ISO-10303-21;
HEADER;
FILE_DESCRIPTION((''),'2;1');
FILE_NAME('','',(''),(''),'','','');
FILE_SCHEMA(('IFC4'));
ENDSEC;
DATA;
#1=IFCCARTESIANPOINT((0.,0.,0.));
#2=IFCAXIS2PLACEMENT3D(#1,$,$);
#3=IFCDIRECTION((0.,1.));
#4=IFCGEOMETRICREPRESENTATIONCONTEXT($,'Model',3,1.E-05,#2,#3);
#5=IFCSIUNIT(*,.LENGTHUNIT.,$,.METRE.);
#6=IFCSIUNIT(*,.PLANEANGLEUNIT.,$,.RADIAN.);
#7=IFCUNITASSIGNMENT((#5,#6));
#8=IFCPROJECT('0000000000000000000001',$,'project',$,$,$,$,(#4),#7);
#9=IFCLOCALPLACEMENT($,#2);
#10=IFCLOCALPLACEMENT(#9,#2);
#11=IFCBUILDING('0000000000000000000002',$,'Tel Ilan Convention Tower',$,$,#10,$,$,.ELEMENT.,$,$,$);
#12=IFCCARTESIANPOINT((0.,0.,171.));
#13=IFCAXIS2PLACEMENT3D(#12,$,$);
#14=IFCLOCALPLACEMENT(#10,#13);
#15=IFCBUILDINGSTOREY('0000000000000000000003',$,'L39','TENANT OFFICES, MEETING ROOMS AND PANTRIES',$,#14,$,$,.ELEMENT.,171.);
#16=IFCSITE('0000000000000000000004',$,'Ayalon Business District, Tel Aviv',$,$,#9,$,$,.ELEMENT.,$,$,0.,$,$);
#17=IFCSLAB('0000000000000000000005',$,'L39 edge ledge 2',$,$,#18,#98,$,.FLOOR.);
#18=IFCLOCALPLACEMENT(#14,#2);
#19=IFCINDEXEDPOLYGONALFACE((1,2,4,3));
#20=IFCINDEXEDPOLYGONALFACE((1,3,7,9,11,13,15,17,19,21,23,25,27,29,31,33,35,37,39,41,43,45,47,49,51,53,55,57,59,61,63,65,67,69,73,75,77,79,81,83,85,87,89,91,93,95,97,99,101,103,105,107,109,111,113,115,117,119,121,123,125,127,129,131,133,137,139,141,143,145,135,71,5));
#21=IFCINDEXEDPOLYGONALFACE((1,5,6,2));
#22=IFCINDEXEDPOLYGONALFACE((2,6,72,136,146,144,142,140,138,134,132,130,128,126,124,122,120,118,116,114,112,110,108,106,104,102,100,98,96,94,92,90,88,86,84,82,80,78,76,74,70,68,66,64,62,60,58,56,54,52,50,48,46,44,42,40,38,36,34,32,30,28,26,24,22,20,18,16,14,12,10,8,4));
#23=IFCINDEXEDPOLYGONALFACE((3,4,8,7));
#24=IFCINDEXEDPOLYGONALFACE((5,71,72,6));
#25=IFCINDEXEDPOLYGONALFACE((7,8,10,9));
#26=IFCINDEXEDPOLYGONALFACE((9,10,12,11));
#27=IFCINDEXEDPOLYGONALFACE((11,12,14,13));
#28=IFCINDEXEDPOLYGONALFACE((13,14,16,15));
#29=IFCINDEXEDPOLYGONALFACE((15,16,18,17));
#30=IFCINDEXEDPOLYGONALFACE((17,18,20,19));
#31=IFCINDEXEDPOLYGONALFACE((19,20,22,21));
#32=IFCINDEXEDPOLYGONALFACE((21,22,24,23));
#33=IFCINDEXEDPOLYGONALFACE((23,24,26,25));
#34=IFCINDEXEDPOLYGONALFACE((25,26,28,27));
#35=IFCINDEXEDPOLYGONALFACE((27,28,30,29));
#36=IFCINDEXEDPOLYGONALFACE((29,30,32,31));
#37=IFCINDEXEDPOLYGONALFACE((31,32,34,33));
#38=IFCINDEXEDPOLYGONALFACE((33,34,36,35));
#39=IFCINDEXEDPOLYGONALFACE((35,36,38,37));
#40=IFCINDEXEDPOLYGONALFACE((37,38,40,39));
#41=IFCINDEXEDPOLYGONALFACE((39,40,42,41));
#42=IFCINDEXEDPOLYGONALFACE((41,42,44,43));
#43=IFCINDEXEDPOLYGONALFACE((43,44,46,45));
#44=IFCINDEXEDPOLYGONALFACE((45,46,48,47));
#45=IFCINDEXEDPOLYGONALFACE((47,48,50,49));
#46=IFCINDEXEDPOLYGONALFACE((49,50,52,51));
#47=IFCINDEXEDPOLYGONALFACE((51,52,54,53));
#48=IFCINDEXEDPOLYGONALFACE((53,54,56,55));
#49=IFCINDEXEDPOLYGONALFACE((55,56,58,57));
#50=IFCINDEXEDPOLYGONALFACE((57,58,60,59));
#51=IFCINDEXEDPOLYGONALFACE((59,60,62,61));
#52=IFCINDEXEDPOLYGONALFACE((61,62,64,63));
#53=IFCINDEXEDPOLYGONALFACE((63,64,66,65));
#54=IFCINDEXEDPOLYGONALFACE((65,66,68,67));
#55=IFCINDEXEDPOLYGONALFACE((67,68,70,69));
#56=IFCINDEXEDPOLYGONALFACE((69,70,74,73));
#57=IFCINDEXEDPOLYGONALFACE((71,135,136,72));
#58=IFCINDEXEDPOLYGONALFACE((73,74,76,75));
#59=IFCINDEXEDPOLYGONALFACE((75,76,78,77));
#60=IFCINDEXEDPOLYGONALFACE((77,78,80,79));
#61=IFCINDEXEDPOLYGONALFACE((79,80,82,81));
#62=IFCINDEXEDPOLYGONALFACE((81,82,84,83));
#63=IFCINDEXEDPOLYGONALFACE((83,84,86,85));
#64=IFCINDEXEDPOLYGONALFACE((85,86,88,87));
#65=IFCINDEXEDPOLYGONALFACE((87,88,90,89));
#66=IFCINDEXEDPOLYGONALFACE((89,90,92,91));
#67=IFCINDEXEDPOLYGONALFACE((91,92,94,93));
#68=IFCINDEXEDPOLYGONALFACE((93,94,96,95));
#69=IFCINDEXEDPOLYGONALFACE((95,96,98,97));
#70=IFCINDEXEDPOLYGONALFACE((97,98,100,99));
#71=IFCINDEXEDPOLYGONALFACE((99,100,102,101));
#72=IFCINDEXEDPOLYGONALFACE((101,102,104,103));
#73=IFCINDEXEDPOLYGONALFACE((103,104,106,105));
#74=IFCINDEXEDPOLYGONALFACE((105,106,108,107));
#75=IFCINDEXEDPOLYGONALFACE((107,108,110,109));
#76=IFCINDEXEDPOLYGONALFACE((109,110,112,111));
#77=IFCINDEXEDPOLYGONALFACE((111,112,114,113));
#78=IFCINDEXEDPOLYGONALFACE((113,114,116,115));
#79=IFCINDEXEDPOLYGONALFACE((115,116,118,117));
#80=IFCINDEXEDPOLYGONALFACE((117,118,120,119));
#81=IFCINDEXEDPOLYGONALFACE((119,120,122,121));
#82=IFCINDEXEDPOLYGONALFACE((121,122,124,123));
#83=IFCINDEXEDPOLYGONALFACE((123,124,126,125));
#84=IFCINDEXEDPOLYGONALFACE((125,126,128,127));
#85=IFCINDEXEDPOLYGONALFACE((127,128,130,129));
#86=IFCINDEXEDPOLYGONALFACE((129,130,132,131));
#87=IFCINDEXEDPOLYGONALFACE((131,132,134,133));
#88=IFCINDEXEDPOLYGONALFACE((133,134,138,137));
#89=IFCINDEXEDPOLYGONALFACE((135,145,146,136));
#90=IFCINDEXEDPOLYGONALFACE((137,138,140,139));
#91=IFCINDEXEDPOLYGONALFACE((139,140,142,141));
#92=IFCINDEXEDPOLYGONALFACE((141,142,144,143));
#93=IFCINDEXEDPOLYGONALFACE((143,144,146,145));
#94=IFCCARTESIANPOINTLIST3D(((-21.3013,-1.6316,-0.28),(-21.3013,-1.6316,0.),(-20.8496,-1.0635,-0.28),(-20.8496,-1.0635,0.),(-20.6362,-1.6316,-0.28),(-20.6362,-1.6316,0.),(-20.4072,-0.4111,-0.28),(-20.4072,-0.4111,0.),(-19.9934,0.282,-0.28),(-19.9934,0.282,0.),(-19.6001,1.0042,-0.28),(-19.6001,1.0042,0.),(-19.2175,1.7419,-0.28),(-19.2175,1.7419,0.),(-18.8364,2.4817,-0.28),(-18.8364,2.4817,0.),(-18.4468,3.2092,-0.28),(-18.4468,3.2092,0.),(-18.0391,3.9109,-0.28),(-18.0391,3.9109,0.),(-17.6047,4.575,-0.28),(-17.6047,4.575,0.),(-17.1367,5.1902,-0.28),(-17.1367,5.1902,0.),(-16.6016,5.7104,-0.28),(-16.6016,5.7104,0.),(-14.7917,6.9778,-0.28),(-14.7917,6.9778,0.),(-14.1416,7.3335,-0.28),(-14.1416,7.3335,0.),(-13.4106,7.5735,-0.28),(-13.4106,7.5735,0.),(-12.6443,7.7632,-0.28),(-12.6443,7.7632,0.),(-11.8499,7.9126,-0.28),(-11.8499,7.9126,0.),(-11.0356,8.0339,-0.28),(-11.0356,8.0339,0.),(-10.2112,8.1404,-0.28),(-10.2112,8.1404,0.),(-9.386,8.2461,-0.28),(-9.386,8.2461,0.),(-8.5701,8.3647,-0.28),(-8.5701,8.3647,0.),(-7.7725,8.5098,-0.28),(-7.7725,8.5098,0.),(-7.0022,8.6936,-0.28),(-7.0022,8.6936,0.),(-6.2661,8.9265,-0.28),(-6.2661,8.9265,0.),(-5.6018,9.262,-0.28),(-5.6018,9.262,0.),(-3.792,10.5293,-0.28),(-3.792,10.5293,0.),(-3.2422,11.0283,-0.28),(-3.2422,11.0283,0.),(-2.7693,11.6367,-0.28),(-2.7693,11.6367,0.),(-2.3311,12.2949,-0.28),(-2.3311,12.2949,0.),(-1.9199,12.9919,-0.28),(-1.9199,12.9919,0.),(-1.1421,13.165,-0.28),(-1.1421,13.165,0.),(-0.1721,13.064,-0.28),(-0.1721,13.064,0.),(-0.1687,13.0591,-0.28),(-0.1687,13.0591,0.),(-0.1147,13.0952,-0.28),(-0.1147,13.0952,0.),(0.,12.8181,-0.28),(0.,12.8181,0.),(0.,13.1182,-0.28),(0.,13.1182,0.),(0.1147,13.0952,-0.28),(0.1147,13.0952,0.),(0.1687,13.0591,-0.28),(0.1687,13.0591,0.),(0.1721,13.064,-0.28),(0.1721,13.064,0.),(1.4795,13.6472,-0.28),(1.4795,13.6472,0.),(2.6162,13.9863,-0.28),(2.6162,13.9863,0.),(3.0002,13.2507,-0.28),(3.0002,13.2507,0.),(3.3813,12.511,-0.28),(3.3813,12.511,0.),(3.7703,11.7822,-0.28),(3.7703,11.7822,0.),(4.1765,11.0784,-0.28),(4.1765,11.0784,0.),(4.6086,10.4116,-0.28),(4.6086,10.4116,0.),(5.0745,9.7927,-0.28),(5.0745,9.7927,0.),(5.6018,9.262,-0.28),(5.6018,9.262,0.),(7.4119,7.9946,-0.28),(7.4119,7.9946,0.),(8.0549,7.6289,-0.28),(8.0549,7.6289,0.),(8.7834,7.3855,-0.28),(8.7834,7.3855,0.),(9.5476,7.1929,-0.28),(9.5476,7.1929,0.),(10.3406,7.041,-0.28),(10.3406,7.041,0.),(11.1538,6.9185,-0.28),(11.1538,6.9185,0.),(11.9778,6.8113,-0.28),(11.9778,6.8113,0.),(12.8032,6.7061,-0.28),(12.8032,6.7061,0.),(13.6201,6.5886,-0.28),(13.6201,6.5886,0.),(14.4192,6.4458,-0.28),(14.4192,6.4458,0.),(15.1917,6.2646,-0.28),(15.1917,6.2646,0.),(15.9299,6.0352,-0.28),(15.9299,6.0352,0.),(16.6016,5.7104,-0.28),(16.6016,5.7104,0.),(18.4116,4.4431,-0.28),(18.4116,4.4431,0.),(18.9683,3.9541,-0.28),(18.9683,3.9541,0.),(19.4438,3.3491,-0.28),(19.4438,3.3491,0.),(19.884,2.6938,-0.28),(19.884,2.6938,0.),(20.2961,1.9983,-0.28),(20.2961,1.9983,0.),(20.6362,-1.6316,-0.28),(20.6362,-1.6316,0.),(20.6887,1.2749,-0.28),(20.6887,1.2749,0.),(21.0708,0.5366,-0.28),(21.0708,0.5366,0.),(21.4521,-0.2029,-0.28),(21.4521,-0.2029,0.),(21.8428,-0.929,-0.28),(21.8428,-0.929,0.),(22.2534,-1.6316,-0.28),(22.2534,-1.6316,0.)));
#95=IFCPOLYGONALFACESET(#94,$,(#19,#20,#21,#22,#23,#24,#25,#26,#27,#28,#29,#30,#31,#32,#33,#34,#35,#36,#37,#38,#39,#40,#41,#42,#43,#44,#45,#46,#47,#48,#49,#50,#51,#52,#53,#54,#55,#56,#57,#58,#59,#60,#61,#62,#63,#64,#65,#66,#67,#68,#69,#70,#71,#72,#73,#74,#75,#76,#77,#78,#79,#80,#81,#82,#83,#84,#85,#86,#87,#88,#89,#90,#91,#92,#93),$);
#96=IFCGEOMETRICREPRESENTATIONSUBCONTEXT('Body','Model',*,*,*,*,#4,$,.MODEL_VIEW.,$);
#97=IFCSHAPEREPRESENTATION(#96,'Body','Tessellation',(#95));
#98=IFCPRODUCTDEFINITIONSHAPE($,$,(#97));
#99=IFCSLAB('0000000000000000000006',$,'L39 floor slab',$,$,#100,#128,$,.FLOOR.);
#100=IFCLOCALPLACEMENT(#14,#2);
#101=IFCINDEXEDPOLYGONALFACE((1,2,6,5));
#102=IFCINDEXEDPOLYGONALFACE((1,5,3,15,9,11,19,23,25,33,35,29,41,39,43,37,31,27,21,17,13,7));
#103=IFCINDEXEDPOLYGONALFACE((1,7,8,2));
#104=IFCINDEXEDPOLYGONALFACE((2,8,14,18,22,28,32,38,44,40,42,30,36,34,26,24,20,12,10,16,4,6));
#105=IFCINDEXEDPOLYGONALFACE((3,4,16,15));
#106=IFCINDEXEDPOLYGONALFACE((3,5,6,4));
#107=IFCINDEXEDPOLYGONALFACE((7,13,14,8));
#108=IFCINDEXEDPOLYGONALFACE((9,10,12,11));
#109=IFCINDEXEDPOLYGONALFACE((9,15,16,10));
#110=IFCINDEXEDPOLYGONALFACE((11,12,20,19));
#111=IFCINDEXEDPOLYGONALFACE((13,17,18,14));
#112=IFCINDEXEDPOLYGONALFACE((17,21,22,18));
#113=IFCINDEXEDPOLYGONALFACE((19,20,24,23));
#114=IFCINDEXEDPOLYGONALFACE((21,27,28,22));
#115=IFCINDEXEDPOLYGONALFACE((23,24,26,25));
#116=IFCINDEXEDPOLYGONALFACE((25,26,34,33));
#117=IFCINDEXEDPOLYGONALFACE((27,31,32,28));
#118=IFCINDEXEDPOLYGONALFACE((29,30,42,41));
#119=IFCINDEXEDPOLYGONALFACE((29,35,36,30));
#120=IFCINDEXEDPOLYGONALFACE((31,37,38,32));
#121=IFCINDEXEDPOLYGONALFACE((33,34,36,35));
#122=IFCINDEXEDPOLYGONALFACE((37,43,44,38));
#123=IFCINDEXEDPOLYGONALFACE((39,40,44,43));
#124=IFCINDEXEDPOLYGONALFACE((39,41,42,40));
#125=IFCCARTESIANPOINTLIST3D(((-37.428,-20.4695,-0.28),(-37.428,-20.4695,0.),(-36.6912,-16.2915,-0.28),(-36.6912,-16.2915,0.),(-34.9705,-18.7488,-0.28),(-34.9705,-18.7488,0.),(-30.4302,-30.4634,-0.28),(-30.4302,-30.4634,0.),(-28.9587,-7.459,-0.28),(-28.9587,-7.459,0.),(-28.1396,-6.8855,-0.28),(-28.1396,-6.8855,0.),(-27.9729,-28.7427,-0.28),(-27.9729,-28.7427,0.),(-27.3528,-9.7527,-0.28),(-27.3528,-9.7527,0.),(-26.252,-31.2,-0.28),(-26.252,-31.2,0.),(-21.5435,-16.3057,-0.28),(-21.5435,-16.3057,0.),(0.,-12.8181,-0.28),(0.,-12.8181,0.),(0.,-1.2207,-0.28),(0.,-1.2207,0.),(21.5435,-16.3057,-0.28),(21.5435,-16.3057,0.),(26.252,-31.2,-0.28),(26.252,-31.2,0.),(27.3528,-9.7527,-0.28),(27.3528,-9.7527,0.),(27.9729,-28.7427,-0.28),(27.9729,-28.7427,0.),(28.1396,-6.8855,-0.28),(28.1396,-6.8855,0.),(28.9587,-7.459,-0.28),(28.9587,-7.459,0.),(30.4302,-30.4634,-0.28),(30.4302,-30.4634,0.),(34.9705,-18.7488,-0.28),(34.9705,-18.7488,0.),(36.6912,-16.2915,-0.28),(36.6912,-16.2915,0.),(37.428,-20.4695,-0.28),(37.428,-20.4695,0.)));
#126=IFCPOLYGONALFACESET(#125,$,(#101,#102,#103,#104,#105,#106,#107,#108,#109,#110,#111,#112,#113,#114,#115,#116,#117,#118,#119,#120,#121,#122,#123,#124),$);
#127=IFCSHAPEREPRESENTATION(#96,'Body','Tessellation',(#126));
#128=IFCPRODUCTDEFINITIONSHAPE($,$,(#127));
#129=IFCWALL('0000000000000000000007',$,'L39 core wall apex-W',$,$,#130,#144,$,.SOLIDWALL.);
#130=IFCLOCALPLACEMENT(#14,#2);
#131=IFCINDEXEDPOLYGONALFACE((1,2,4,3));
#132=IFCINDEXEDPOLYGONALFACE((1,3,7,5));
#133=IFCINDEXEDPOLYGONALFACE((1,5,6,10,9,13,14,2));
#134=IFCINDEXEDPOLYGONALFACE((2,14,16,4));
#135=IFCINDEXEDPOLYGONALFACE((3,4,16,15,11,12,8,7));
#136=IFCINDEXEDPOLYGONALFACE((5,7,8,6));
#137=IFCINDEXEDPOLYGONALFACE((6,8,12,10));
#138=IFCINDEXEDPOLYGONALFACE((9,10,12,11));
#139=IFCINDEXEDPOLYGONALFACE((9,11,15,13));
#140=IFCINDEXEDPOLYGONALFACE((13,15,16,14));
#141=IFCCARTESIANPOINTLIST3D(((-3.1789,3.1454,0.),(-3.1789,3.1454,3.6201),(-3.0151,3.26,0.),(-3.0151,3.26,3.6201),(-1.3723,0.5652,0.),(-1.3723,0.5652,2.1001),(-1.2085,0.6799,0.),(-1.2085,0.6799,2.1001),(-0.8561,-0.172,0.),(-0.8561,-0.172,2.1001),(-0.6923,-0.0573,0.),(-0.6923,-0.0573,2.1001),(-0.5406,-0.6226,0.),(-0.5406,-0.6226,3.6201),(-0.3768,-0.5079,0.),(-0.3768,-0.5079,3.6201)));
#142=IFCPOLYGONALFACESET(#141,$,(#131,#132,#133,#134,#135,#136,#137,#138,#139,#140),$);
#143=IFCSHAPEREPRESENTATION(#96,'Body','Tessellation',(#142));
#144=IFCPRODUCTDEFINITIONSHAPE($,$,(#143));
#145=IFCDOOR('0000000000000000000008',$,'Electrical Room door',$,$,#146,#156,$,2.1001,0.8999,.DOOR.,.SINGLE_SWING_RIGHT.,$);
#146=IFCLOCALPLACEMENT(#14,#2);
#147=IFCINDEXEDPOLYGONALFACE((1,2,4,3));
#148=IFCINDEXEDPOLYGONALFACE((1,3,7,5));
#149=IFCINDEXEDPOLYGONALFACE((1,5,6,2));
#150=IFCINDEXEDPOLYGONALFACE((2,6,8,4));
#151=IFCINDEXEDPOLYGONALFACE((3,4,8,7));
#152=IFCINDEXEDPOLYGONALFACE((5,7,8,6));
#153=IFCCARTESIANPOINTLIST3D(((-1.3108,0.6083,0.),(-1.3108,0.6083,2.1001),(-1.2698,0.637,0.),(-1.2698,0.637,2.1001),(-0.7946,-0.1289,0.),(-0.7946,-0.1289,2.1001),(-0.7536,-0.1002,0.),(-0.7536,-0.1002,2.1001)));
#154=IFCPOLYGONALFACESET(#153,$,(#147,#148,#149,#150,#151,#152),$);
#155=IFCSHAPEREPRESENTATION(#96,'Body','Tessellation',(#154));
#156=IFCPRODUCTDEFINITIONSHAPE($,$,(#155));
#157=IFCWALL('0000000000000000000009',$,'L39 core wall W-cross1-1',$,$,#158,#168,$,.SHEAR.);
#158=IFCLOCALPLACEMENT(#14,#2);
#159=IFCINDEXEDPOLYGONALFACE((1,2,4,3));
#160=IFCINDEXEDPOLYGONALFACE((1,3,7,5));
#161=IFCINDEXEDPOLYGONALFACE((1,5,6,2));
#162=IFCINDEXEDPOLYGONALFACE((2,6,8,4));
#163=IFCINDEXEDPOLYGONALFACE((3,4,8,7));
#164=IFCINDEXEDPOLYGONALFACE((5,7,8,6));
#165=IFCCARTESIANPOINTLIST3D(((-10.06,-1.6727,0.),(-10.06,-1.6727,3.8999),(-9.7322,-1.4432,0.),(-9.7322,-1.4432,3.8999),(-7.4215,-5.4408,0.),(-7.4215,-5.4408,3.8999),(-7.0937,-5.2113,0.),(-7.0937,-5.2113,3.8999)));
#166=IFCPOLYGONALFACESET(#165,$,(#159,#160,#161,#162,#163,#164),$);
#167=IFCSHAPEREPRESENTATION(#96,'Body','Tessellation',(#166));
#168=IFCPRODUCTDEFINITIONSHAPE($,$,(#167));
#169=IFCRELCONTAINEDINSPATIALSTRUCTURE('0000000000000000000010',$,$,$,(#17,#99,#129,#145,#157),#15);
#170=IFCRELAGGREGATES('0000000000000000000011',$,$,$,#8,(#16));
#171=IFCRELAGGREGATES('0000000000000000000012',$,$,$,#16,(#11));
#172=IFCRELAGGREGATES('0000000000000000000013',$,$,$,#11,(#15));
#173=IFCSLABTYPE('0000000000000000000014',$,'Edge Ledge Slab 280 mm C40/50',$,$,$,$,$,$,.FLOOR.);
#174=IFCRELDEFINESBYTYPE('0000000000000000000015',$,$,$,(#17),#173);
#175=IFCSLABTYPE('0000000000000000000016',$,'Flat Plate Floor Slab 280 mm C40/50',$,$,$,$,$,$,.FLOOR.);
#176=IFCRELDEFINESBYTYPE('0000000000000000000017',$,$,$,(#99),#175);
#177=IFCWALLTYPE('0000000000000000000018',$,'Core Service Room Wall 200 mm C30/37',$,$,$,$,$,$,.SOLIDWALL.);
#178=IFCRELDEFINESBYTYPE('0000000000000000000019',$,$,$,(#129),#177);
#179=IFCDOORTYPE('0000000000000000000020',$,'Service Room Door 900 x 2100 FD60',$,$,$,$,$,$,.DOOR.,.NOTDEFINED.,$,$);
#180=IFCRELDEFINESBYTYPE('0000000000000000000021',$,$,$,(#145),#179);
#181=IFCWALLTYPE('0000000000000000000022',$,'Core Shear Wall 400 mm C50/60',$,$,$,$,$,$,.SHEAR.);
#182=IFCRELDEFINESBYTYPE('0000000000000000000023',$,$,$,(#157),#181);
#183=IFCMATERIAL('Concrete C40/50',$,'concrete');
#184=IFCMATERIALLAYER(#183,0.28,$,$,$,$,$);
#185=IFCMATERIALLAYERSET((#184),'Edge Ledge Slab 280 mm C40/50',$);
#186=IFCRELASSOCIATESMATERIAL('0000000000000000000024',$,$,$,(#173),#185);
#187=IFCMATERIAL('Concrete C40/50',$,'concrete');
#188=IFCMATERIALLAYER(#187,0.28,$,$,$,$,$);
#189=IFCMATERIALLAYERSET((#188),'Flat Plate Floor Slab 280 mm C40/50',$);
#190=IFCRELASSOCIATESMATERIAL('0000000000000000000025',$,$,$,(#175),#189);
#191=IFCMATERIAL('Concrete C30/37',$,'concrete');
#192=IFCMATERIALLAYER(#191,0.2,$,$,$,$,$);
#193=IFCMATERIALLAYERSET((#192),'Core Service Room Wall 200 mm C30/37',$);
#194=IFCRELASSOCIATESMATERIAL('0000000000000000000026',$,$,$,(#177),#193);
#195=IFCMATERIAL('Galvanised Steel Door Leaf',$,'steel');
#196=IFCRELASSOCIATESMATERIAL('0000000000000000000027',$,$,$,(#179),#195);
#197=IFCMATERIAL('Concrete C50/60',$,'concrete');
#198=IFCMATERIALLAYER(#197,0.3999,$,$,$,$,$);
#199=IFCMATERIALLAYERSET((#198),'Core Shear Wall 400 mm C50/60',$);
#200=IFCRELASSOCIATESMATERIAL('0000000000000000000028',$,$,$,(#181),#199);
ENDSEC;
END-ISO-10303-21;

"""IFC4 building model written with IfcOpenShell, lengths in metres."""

from ifc_helpers import new_model, si_unit, direction, frame, frame_2d, origin, place, context, subcontext, project, spatial, polyline, rectangle, outline, extrude, material, layer, layer_set, type_object, element, fill, save


model = new_model("IFC4")

# Units and contexts
model_context = context("Model", 3, precision=1e-05, world=origin(), true_north=direction((0.0, 1.0)))
body_context = subcontext(model_context, "Body", "Model", "MODEL_VIEW")
ifc_project = project(units=[si_unit("LENGTHUNIT", "METRE"), si_unit("PLANEANGLEUNIT", "RADIAN")], contexts=[model_context])

# Site, building, storey
site_placement = place(None, origin())
site = spatial("IfcSite", under=ifc_project, at=site_placement, Name="Ayalon Business District, Tel Aviv", CompositionType="ELEMENT", RefElevation=0.0)
building_placement = place(site_placement, origin())
building = spatial("IfcBuilding", under=site, at=building_placement, Name="Tel Ilan Convention Tower", CompositionType="ELEMENT")
storey_placement = place(building_placement, frame((0.0, 0.0, 171.0)))
storey = spatial("IfcBuildingStorey", under=building, at=storey_placement, Name="L39", Description="TENANT OFFICES, MEETING ROOMS AND PANTRIES", CompositionType="ELEMENT", Elevation=171.0)

# Slabs
ifc_material_1 = material(Name="Concrete C40/50", Category="concrete")
ifc_layer_1 = layer(ifc_material_1, 0.28)
ifc_layer_set_1 = layer_set([ifc_layer_1], Name="Edge Ledge Slab 280 mm C40/50")
slab_type_1 = type_object("IfcSlabType", Name="Edge Ledge Slab 280 mm C40/50", PredefinedType="FLOOR", material=ifc_layer_set_1)
slab_1_placement = place(storey_placement, frame((0.0, 0.0, -0.28)))
element("IfcSlab", 1, at=slab_1_placement, inside=storey, type_object=slab_type_1, Name="L39 edge ledge 2", PredefinedType="FLOOR", context=body_context, shape_type="SweptSolid", body=[
    extrude(outline(polyline([(-19.6001, 1.0042), (-19.2175, 1.7419), (-18.8364, 2.4817), (-18.4468, 3.2092), (-18.0391, 3.9109), (-17.6047, 4.575), (-17.1367, 5.1902), (-16.6016, 5.7104), (-14.7917, 6.9778), (-14.1416, 7.3335), (-13.4106, 7.5735), (-12.6443, 7.7632), (-11.8499, 7.9126), (-11.0356, 8.0339), (-10.2112, 8.1404), (-9.386, 8.2461), (-8.5701, 8.3647), (-7.7725, 8.5098), (-7.0022, 8.6936), (-6.2661, 8.9265), (-5.6018, 9.262), (-3.792, 10.5293), (-3.2422, 11.0283), (-2.7693, 11.6367), (-2.3311, 12.2949), (-1.9199, 12.9919), (-1.1421, 13.165), (-0.1721, 13.064), (-0.1687, 13.0591), (-0.1147, 13.0952), (0.0, 13.1182), (0.1147, 13.0952), (0.1687, 13.0591), (0.1721, 13.064), (1.4795, 13.6472), (2.6162, 13.9863), (3.0002, 13.2507), (3.3813, 12.511), (3.7703, 11.7822), (4.1765, 11.0784), (4.6086, 10.4116), (5.0745, 9.7927), (5.6018, 9.262), (7.4119, 7.9946), (8.0549, 7.6289), (8.7834, 7.3855), (9.5476, 7.1929), (10.3406, 7.041), (11.1538, 6.9185), (11.9778, 6.8113), (12.8032, 6.7061), (13.6201, 6.5886), (14.4192, 6.4458), (15.1917, 6.2646), (15.9299, 6.0352), (16.6016, 5.7104), (18.4116, 4.4431), (18.9683, 3.9541), (19.4438, 3.3491), (19.884, 2.6938), (20.2961, 1.9983), (20.6887, 1.2749), (21.0708, 0.5366), (21.4521, -0.2029), (21.8428, -0.929), (22.2534, -1.6316), (20.6362, -1.6316), (0.0, 12.8181), (-20.6362, -1.6316), (-21.3013, -1.6316), (-20.8496, -1.0635), (-20.4072, -0.4111), (-19.9934, 0.282), (-19.6001, 1.0042)])), origin(), (0.0, 0.0, 1.0), 0.28),
])
ifc_material_2 = material(Name="Concrete C40/50", Category="concrete")
ifc_layer_2 = layer(ifc_material_2, 0.28)
ifc_layer_set_2 = layer_set([ifc_layer_2], Name="Flat Plate Floor Slab 280 mm C40/50")
slab_type_2 = type_object("IfcSlabType", Name="Flat Plate Floor Slab 280 mm C40/50", PredefinedType="FLOOR", material=ifc_layer_set_2)
slab_2_placement = place(storey_placement, frame((0.0, 0.0, -0.28)))
element("IfcSlab", 2, at=slab_2_placement, inside=storey, type_object=slab_type_2, Name="L39 floor slab", PredefinedType="FLOOR", context=body_context, shape_type="SweptSolid", body=[
    extrude(outline(polyline([(21.5435, -16.3057), (28.1396, -6.8855), (28.9587, -7.459), (27.3528, -9.7527), (36.6912, -16.2915), (34.9705, -18.7488), (37.428, -20.4695), (30.4302, -30.4634), (27.9729, -28.7427), (26.252, -31.2), (0.0, -12.8181), (-26.252, -31.2), (-27.9729, -28.7427), (-30.4302, -30.4634), (-37.428, -20.4695), (-34.9705, -18.7488), (-36.6912, -16.2915), (-27.3528, -9.7527), (-28.9587, -7.459), (-28.1396, -6.8855), (-21.5435, -16.3057), (0.0, -1.2207), (21.5435, -16.3057)])), origin(), (0.0, 0.0, 1.0), 0.28),
])

# Wall, opening, door
ifc_material_3 = material(Name="Concrete C30/37", Category="concrete")
ifc_layer_3 = layer(ifc_material_3, 0.2)
ifc_layer_set_3 = layer_set([ifc_layer_3], Name="Core Service Room Wall 200 mm C30/37")
wall_type_1 = type_object("IfcWallType", Name="Core Service Room Wall 200 mm C30/37", PredefinedType="SOLIDWALL", material=ifc_layer_set_3)
wall_1_placement = place(storey_placement, frame((-0.4587, -0.5652, 0.0), z_axis=(0.0, 0.0, 1.0), x_axis=(-0.573576, 0.819152, 0.0)))
wall_1 = element("IfcWall", 3, at=wall_1_placement, inside=storey, type_object=wall_type_1, Name="L39 core wall apex-W", PredefinedType="SOLIDWALL", context=body_context, shape_type="SweptSolid", body=[
    extrude(rectangle(XDim=4.5999, YDim=0.2, at=frame_2d((2.2998, 0.0))), origin(), (0.0, 0.0, 1.0), 3.6201),
])
opening_1_placement = place(wall_1_placement, frame((0.55, 0.0, 0.0)))
opening_1 = element("IfcOpeningElement", 4, at=opening_1_placement, cuts=wall_1, PredefinedType="OPENING", context=body_context, shape_type="SweptSolid", body=[
    extrude(rectangle(XDim=0.8999, YDim=2.1001, at=frame_2d((0.45, 1.05))), frame((0.0, 0.1099, 0.0), z_axis=(0.0, -1.0, 0.0), x_axis=(1.0, 0.0, 0.0)), (0.0, 0.0, 1.0), 0.22),
])
ifc_material_4 = material(Name="Galvanised Steel Door Leaf", Category="steel")
door_type_1 = type_object("IfcDoorType", Name="Service Room Door 900 x 2100 FD60", OperationType="NOTDEFINED", PredefinedType="DOOR", material=ifc_material_4)
door_1_placement = place(opening_1_placement, origin())
door_1 = element("IfcDoor", 5, at=door_1_placement, inside=storey, type_object=door_type_1, Name="Electrical Room door", OperationType="SINGLE_SWING_RIGHT", OverallHeight=2.1001, OverallWidth=0.8999, PredefinedType="DOOR", context=body_context, shape_type="SweptSolid", body=[
    extrude(rectangle(XDim=0.8999, YDim=2.1001, at=frame_2d((0.45, 1.05))), frame((0.0, 0.0249, 0.0), z_axis=(0.0, -1.0, 0.0), x_axis=(1.0, 0.0, 0.0)), (0.0, 0.0, 1.0), 0.05),
])
fill(opening_1, door_1)

# Wall
ifc_material_5 = material(Name="Concrete C50/60", Category="concrete")
ifc_layer_4 = layer(ifc_material_5, 0.3999)
ifc_layer_set_4 = layer_set([ifc_layer_4], Name="Core Shear Wall 400 mm C50/60")
wall_type_2 = type_object("IfcWallType", Name="Core Shear Wall 400 mm C50/60", PredefinedType="SHEAR", material=ifc_layer_set_4)
wall_2_placement = place(storey_placement, frame((-7.2578, -5.3259, 0.0), z_axis=(0.0, 0.0, 1.0), x_axis=(-0.573541, 0.819177, 0.0)))
element("IfcWall", 6, at=wall_2_placement, inside=storey, type_object=wall_type_2, Name="L39 core wall W-cross1-1", PredefinedType="SHEAR", context=body_context, shape_type="SweptSolid", body=[
    extrude(outline(polyline([(4.5999, 0.2002), (-0.0002, 0.2), (-0.0002, -0.2002), (4.5999, -0.2), (4.5999, 0.2002)])), origin(), (0.0, 0.0, 1.0), 3.8999),
])

save(model, "model.ifc")
